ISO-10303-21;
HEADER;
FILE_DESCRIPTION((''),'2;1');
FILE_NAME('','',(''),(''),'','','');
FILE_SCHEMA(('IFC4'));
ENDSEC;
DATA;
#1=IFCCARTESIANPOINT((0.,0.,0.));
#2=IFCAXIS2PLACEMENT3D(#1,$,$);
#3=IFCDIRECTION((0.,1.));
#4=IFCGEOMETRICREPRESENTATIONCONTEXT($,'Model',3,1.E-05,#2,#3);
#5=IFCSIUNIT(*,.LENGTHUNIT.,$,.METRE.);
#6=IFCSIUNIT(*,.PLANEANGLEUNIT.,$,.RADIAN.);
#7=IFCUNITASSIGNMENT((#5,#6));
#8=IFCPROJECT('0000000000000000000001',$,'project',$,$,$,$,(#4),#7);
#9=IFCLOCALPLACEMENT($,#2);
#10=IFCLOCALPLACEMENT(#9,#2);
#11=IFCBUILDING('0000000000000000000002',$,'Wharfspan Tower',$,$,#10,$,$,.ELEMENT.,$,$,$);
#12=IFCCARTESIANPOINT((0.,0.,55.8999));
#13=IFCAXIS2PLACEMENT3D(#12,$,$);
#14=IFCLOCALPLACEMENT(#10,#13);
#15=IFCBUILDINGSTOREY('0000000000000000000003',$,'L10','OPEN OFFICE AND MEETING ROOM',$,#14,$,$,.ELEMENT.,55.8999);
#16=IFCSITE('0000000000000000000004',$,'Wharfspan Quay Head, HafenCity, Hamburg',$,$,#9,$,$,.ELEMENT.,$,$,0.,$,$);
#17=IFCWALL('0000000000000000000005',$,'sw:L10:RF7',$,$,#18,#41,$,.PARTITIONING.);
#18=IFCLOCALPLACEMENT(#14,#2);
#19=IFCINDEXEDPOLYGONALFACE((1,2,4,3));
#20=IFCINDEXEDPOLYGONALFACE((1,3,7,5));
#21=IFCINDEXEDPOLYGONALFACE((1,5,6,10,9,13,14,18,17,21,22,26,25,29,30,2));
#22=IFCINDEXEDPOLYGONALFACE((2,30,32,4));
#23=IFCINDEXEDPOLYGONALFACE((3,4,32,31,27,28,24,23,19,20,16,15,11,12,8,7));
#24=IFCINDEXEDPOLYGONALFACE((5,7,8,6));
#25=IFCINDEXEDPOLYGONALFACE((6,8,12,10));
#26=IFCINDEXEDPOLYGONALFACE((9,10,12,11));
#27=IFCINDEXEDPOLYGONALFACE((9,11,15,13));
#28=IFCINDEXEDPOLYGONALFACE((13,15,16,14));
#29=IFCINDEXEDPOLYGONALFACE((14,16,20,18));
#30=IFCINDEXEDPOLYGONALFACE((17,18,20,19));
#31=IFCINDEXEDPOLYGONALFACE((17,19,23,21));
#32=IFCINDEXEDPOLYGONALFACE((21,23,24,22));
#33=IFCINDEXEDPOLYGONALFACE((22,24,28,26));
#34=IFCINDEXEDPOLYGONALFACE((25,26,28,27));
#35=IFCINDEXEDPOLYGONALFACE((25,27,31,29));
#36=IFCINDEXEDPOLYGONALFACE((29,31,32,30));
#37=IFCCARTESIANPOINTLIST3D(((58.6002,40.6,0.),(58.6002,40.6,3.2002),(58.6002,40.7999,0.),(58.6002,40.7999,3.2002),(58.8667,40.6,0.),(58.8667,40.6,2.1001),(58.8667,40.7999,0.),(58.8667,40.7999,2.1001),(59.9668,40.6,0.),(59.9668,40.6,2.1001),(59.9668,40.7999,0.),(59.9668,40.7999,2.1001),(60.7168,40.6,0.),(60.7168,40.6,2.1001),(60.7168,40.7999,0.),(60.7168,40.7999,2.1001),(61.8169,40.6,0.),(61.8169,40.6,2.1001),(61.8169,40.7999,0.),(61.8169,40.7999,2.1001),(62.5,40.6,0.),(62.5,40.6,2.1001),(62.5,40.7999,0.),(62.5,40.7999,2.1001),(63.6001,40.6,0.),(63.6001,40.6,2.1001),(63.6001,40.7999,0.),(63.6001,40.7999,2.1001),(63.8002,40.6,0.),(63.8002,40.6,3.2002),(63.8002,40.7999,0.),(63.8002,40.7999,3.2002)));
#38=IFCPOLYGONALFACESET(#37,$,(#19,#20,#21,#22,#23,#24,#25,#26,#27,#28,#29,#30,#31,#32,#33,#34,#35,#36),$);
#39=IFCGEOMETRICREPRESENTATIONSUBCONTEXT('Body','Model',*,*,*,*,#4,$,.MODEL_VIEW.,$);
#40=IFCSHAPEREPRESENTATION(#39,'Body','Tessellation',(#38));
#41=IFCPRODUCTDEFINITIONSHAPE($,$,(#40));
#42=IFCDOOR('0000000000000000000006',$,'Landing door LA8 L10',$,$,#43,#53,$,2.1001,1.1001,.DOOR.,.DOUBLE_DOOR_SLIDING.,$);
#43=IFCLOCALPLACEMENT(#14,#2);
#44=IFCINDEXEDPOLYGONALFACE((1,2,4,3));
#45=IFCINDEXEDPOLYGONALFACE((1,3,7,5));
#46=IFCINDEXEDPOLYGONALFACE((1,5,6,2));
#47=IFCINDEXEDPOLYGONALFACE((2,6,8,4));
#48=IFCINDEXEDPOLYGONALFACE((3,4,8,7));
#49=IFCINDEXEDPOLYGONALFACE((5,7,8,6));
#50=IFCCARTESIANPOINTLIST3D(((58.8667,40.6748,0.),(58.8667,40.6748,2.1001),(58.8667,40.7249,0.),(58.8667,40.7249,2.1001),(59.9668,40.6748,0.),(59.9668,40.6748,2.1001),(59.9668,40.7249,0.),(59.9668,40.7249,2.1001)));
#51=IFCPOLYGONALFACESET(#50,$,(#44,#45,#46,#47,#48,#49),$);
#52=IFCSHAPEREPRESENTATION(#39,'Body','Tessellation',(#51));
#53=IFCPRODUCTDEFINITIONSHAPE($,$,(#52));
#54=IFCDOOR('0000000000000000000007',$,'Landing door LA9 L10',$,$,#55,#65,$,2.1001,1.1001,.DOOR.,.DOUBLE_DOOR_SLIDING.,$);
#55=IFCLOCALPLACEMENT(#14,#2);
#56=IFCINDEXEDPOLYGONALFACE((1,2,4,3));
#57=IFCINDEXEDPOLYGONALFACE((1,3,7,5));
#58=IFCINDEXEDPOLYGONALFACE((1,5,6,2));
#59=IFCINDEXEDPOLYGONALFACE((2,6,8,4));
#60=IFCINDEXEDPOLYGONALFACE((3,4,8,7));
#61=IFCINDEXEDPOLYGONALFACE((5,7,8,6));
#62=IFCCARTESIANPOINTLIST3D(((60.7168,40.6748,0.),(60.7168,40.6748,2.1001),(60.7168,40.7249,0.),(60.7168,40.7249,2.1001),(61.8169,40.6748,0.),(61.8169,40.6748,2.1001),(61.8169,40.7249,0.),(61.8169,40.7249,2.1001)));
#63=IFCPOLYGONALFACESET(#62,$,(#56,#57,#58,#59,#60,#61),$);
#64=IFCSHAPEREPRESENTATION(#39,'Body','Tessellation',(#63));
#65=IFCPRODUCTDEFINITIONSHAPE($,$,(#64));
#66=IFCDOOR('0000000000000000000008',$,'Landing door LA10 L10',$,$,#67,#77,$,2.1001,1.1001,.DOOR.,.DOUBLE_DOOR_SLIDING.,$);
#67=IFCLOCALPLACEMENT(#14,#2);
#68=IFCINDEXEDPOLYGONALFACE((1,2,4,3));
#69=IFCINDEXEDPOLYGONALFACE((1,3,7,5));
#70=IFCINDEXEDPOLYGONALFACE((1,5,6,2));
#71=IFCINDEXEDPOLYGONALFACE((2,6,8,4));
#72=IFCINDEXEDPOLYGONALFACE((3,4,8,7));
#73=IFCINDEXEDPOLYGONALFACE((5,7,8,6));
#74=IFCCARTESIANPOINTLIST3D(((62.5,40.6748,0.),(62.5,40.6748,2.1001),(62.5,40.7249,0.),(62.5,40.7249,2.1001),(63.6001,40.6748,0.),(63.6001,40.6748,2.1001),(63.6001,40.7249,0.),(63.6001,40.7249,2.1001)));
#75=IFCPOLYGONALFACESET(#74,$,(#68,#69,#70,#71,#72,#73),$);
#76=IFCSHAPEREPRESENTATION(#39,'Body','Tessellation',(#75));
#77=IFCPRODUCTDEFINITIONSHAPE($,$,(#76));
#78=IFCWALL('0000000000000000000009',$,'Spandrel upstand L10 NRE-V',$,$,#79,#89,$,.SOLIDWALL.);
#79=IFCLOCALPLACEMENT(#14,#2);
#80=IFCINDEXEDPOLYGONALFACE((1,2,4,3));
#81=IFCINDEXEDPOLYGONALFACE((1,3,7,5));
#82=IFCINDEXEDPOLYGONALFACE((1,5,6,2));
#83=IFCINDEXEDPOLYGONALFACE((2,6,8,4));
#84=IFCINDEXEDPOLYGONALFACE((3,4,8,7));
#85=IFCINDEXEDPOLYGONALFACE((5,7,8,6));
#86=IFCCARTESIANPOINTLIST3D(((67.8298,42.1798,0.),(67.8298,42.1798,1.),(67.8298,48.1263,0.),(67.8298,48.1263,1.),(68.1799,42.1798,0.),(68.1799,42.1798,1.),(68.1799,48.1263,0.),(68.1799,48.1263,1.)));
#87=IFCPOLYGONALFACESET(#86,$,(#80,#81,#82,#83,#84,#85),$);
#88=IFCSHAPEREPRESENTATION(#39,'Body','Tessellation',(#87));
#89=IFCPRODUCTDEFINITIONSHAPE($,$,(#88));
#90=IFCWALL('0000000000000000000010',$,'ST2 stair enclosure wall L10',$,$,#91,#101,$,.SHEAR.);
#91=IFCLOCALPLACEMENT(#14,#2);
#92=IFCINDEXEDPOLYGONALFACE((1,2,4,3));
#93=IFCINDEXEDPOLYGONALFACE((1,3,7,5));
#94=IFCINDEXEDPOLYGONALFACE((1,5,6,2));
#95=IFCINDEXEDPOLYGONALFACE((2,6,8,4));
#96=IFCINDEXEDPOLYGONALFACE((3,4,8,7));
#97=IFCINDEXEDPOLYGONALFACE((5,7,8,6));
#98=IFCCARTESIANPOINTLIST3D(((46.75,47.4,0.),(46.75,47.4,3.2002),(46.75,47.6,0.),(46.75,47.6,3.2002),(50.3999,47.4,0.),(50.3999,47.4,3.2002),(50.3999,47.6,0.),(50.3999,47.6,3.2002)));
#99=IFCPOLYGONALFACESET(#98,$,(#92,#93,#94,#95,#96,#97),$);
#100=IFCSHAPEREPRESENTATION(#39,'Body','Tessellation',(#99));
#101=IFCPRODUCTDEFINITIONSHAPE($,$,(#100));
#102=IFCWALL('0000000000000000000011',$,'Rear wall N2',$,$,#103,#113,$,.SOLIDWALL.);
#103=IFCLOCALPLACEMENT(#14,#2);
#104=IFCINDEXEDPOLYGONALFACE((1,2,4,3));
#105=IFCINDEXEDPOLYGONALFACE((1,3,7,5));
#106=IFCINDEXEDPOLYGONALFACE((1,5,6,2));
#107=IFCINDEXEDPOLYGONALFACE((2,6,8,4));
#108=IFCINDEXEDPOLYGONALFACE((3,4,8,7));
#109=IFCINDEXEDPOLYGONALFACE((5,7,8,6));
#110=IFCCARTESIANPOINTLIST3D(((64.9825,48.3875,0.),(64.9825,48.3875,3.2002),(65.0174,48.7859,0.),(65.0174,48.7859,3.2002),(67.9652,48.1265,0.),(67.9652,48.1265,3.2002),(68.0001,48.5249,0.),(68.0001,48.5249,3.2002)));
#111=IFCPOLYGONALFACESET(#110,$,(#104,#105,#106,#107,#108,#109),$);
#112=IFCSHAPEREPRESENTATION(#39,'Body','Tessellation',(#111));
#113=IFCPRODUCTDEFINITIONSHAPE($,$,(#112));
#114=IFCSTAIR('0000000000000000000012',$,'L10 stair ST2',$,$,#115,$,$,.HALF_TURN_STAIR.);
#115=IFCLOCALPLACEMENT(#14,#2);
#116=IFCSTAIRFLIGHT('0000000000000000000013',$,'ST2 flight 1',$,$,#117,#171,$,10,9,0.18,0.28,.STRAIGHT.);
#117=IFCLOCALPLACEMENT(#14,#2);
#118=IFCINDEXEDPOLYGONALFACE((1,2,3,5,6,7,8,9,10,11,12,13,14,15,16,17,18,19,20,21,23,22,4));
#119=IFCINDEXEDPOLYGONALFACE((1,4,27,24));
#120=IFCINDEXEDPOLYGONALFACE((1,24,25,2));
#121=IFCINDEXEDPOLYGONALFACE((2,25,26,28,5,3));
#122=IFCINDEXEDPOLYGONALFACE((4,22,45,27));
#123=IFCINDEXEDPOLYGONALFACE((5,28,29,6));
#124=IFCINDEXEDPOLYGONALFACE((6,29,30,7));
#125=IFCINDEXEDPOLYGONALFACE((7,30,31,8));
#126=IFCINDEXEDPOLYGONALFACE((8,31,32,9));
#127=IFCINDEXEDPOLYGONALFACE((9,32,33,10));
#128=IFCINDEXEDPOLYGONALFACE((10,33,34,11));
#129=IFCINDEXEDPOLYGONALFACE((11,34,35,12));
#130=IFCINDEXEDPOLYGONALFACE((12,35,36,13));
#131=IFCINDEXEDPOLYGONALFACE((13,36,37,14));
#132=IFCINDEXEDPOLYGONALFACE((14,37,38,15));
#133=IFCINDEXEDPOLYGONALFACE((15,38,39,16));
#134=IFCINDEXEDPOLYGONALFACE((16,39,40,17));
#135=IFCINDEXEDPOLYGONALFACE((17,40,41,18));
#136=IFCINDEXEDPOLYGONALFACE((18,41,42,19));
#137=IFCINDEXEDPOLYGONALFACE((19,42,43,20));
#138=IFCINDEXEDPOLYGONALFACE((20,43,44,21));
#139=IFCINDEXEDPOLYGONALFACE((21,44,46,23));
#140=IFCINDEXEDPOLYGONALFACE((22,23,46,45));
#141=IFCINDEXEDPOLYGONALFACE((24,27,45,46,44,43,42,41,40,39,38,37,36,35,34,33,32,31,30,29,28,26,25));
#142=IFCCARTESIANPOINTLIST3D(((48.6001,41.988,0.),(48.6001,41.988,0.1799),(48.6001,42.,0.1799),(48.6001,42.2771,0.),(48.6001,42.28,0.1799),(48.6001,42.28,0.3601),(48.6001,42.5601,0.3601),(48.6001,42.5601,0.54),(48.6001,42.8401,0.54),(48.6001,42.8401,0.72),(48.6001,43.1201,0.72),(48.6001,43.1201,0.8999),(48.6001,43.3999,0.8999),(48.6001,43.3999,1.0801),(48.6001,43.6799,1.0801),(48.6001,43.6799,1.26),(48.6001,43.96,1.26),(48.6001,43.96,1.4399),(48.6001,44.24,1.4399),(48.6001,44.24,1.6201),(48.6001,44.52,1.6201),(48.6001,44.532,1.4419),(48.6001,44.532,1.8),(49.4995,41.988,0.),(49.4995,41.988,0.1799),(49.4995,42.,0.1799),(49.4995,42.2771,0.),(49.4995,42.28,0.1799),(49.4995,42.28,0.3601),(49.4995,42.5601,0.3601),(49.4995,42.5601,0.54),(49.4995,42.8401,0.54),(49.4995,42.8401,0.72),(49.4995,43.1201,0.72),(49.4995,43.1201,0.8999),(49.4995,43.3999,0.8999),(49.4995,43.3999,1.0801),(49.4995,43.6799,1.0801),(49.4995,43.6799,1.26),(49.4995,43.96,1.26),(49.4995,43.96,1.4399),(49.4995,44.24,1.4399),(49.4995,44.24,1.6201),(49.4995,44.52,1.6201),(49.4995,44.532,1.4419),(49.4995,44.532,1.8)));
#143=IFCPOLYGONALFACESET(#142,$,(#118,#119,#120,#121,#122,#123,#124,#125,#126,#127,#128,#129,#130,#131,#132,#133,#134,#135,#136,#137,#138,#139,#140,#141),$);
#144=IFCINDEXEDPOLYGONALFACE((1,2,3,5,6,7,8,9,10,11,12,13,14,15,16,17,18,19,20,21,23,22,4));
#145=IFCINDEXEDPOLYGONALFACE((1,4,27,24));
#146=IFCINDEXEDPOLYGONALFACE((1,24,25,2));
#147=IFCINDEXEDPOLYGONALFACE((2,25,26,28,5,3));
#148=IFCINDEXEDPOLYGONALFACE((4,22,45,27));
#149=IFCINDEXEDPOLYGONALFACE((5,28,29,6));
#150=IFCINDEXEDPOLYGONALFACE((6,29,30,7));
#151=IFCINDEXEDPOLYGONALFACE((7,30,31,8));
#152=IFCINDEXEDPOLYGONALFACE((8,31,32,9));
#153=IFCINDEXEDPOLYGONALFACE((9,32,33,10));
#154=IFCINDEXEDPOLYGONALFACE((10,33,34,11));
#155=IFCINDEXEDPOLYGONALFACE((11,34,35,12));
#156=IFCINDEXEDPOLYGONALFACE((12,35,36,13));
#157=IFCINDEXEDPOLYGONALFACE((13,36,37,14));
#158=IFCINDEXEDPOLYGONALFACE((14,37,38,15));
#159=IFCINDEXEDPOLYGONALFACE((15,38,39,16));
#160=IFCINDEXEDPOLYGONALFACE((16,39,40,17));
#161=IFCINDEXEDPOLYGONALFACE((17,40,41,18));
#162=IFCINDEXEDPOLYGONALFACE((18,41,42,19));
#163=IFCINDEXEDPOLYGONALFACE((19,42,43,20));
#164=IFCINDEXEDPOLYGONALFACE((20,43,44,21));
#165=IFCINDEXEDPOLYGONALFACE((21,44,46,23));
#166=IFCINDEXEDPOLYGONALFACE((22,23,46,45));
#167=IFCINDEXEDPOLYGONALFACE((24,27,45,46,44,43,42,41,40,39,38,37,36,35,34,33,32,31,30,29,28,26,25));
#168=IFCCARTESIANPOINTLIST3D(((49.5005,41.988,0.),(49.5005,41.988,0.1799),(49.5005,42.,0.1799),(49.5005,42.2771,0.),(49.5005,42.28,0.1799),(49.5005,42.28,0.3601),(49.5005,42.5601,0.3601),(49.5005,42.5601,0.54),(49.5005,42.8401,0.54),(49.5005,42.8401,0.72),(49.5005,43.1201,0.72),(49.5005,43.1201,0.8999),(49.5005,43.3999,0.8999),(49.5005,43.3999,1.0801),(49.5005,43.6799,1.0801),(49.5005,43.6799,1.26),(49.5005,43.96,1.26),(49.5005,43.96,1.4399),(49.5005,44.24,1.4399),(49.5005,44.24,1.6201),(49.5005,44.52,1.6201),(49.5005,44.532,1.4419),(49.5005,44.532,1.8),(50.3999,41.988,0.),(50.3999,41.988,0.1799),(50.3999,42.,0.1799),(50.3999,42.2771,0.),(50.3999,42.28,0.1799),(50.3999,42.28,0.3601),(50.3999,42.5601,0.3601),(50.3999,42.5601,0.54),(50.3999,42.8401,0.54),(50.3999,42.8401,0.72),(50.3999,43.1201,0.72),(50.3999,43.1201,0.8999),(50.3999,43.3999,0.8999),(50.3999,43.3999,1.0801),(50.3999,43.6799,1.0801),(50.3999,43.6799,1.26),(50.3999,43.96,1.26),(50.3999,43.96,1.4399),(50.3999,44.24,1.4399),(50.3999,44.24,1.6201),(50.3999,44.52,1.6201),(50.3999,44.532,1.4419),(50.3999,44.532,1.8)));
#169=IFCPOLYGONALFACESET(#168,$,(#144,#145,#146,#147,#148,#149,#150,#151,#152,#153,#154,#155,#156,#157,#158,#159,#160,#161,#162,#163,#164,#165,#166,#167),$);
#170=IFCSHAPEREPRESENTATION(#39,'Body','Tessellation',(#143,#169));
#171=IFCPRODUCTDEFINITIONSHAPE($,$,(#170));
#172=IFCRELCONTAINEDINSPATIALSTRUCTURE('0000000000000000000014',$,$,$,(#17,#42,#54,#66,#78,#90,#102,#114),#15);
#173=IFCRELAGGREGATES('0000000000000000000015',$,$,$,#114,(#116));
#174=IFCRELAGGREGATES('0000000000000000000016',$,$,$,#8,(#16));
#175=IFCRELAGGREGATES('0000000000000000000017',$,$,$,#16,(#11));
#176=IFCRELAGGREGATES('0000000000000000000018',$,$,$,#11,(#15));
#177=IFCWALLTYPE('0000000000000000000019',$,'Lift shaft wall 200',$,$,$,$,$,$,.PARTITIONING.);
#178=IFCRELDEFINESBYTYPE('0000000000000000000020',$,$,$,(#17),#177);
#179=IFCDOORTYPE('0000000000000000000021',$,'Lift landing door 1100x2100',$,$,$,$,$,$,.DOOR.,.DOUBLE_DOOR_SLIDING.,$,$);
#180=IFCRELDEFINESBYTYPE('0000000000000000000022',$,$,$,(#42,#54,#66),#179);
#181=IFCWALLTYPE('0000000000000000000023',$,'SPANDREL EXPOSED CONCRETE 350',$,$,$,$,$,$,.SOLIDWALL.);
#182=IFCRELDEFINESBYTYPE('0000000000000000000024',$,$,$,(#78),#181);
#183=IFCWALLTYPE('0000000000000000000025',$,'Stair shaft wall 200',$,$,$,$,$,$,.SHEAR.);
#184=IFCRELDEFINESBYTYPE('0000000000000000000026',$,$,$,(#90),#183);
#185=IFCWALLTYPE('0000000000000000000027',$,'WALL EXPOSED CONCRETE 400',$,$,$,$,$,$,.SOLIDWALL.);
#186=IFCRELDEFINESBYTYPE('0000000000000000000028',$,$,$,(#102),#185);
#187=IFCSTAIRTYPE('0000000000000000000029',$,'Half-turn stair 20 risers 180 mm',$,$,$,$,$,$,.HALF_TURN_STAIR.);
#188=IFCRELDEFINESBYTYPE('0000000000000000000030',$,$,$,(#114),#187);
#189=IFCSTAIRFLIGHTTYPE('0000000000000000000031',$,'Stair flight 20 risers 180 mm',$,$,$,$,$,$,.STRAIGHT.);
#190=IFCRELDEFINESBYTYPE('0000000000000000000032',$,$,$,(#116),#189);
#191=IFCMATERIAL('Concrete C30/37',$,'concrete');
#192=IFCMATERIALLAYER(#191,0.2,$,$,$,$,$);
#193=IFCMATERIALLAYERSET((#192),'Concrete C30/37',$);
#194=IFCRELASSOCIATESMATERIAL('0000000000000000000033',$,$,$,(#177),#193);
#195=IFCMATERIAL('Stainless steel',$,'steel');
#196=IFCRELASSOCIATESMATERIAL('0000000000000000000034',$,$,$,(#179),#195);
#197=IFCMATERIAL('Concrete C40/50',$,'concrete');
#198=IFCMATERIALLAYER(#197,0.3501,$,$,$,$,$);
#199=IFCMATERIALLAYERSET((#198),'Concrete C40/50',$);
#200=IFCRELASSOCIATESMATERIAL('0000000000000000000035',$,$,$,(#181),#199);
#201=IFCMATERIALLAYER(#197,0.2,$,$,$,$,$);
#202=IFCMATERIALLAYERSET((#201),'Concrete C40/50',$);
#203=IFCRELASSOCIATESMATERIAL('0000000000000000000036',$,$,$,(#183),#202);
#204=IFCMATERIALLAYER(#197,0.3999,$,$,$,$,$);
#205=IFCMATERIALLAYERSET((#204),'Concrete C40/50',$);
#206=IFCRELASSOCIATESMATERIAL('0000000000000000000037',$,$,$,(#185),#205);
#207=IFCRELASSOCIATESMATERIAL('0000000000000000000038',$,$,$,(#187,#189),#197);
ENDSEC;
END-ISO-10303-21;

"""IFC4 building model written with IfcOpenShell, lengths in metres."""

from ifc_helpers import new_model, si_unit, direction, frame, frame_2d, origin, place, context, subcontext, project, spatial, polyline, rectangle, outline, extrude, material, layer, layer_set, type_object, element, fill, aggregate, save


model = new_model("IFC4")

# Units and contexts
model_context = context("Model", 3, precision=1e-05, world=origin(), true_north=direction((0.0, 1.0)))
body_context = subcontext(model_context, "Body", "Model", "MODEL_VIEW")
ifc_project = project(units=[si_unit("LENGTHUNIT", "METRE"), si_unit("PLANEANGLEUNIT", "RADIAN")], contexts=[model_context])

# Site, building, storey
site_placement = place(None, origin())
site = spatial("IfcSite", under=ifc_project, at=site_placement, Name="Wharfspan Quay Head, HafenCity, Hamburg", CompositionType="ELEMENT", RefElevation=0.0)
building_placement = place(site_placement, origin())
building = spatial("IfcBuilding", under=site, at=building_placement, Name="Wharfspan Tower", CompositionType="ELEMENT")
storey_placement = place(building_placement, frame((0.0, 0.0, 55.8999)))
storey = spatial("IfcBuildingStorey", under=building, at=storey_placement, Name="L10", Description="OPEN OFFICE AND MEETING ROOM", CompositionType="ELEMENT", Elevation=55.8999)

# Shared definitions
ifc_material_1 = material(Name="Concrete C30/37", Category="concrete")
ifc_layer_1 = layer(ifc_material_1, 0.2)
ifc_layer_set_1 = layer_set([ifc_layer_1], Name="Concrete C30/37")
wall_type_1 = type_object("IfcWallType", Name="Lift shaft wall 200", PredefinedType="PARTITIONING", material=ifc_layer_set_1)

# Wall, openings, doors
wall_1_placement = place(storey_placement, frame((58.6001, 40.7, 0.0), z_axis=(0.0, 0.0, 1.0), x_axis=(1.0, 0.0, 0.0)))
wall_1 = element("IfcWall", 1, at=wall_1_placement, inside=storey, type_object=wall_type_1, Name="sw:L10:RF7", PredefinedType="PARTITIONING", context=body_context, shape_type="SweptSolid", body=[
    extrude(rectangle(XDim=5.2, YDim=0.2, at=frame_2d((2.6001, 0.0))), origin(), (0.0, 0.0, 1.0), 3.2002),
])
opening_1_placement = place(wall_1_placement, frame((0.2666, 0.0, 0.0)))
opening_1 = element("IfcOpeningElement", 2, at=opening_1_placement, cuts=wall_1, PredefinedType="OPENING", context=body_context, shape_type="SweptSolid", body=[
    extrude(rectangle(XDim=1.1001, YDim=2.1001, at=frame_2d((0.55, 1.05))), frame((0.0, 0.1099, 0.0), z_axis=(0.0, -1.0, 0.0), x_axis=(1.0, 0.0, 0.0)), (0.0, 0.0, 1.0), 0.22),
])
opening_2_placement = place(wall_1_placement, frame((2.1167, 0.0, 0.0)))
opening_2 = element("IfcOpeningElement", 3, at=opening_2_placement, cuts=wall_1, PredefinedType="OPENING", context=body_context, shape_type="SweptSolid", body=[
    extrude(rectangle(XDim=1.1001, YDim=2.1001, at=frame_2d((0.55, 1.05))), frame((0.0, 0.1099, 0.0), z_axis=(0.0, -1.0, 0.0), x_axis=(1.0, 0.0, 0.0)), (0.0, 0.0, 1.0), 0.22),
])
opening_3_placement = place(wall_1_placement, frame((3.8999, 0.0, 0.0)))
opening_3 = element("IfcOpeningElement", 4, at=opening_3_placement, cuts=wall_1, PredefinedType="OPENING", context=body_context, shape_type="SweptSolid", body=[
    extrude(rectangle(XDim=1.1001, YDim=2.1001, at=frame_2d((0.55, 1.05))), frame((0.0, 0.1099, 0.0), z_axis=(0.0, -1.0, 0.0), x_axis=(1.0, 0.0, 0.0)), (0.0, 0.0, 1.0), 0.22),
])
ifc_material_2 = material(Name="Stainless steel", Category="steel")
door_type_1 = type_object("IfcDoorType", Name="Lift landing door 1100x2100", OperationType="DOUBLE_DOOR_SLIDING", PredefinedType="DOOR", material=ifc_material_2)
door_1_placement = place(opening_1_placement, origin())
door_1 = element("IfcDoor", 5, at=door_1_placement, inside=storey, type_object=door_type_1, Name="Landing door LA8 L10", OperationType="DOUBLE_DOOR_SLIDING", OverallHeight=2.1001, OverallWidth=1.1001, PredefinedType="DOOR", context=body_context, shape_type="SweptSolid", body=[
    extrude(rectangle(XDim=1.1001, YDim=2.1001, at=frame_2d((0.55, 1.05))), frame((0.0, 0.0249, 0.0), z_axis=(0.0, -1.0, 0.0), x_axis=(1.0, 0.0, 0.0)), (0.0, 0.0, 1.0), 0.05),
])
fill(opening_1, door_1)
door_2_placement = place(opening_2_placement, origin())
door_2 = element("IfcDoor", 6, at=door_2_placement, inside=storey, type_object=door_type_1, Name="Landing door LA9 L10", OperationType="DOUBLE_DOOR_SLIDING", OverallHeight=2.1001, OverallWidth=1.1001, PredefinedType="DOOR", context=body_context, shape_type="SweptSolid", body=[
    extrude(rectangle(XDim=1.1001, YDim=2.1001, at=frame_2d((0.55, 1.05))), frame((0.0, 0.0249, 0.0), z_axis=(0.0, -1.0, 0.0), x_axis=(1.0, 0.0, 0.0)), (0.0, 0.0, 1.0), 0.05),
])
fill(opening_2, door_2)
door_3_placement = place(opening_3_placement, origin())
door_3 = element("IfcDoor", 7, at=door_3_placement, inside=storey, type_object=door_type_1, Name="Landing door LA10 L10", OperationType="DOUBLE_DOOR_SLIDING", OverallHeight=2.1001, OverallWidth=1.1001, PredefinedType="DOOR", context=body_context, shape_type="SweptSolid", body=[
    extrude(rectangle(XDim=1.1001, YDim=2.1001, at=frame_2d((0.55, 1.05))), frame((0.0, 0.0249, 0.0), z_axis=(0.0, -1.0, 0.0), x_axis=(1.0, 0.0, 0.0)), (0.0, 0.0, 1.0), 0.05),
])
fill(opening_3, door_3)

# Walls
ifc_material_3 = material(Name="Concrete C40/50", Category="concrete")
ifc_layer_2 = layer(ifc_material_3, 0.3501)
ifc_layer_set_2 = layer_set([ifc_layer_2], Name="Concrete C40/50")
wall_type_2 = type_object("IfcWallType", Name="SPANDREL EXPOSED CONCRETE 350", PredefinedType="SOLIDWALL", material=ifc_layer_set_2)
wall_2_placement = place(storey_placement, frame((68.0049, 42.1799, 0.0), z_axis=(0.0, 0.0, 1.0), x_axis=(0.0, 1.0, 0.0)))
element("IfcWall", 8, at=wall_2_placement, inside=storey, type_object=wall_type_2, Name="Spandrel upstand L10 NRE-V", PredefinedType="SOLIDWALL", context=body_context, shape_type="SweptSolid", body=[
    extrude(rectangle(XDim=5.9465, YDim=0.3501, at=frame_2d((2.9731, 0.0))), origin(), (0.0, 0.0, 1.0), 1.0),
])
ifc_layer_3 = layer(ifc_material_3, 0.2)
ifc_layer_set_3 = layer_set([ifc_layer_3], Name="Concrete C40/50")
wall_type_3 = type_object("IfcWallType", Name="Stair shaft wall 200", PredefinedType="SHEAR", material=ifc_layer_set_3)
wall_3_placement = place(storey_placement, frame((46.75, 47.5, 0.0), z_axis=(0.0, 0.0, 1.0), x_axis=(1.0, 0.0, 0.0)))
element("IfcWall", 9, at=wall_3_placement, inside=storey, type_object=wall_type_3, Name="ST2 stair enclosure wall L10", PredefinedType="SHEAR", context=body_context, shape_type="SweptSolid", body=[
    extrude(rectangle(XDim=3.6499, YDim=0.2, at=frame_2d((1.825, 0.0))), origin(), (0.0, 0.0, 1.0), 3.2002),
])
ifc_layer_4 = layer(ifc_material_3, 0.3999)
ifc_layer_set_4 = layer_set([ifc_layer_4], Name="Concrete C40/50")
wall_type_4 = type_object("IfcWallType", Name="WALL EXPOSED CONCRETE 400", PredefinedType="SOLIDWALL", material=ifc_layer_set_4)
wall_4_placement = place(storey_placement, frame((67.9827, 48.3257, 0.0), z_axis=(0.0, 0.0, 1.0), x_axis=(-0.996194, 0.087168, 0.0)))
element("IfcWall", 10, at=wall_4_placement, inside=storey, type_object=wall_type_4, Name="Rear wall N2", PredefinedType="SOLIDWALL", context=body_context, shape_type="SweptSolid", body=[
    extrude(rectangle(XDim=2.9941, YDim=0.3999, at=frame_2d((1.4971, 0.0))), origin(), (0.0, 0.0, 1.0), 3.2002),
])

# Stair, stair flight
stair_type = type_object("IfcStairType", Name="Half-turn stair 20 risers 180 mm", PredefinedType="HALF_TURN_STAIR", material=ifc_material_3)
stair_placement = place(storey_placement, origin())
stair = element("IfcStair", 11, at=stair_placement, inside=storey, type_object=stair_type, Name="L10 stair ST2", PredefinedType="HALF_TURN_STAIR")
stair_flight_type = type_object("IfcStairFlightType", Name="Stair flight 20 risers 180 mm", PredefinedType="STRAIGHT", material=ifc_material_3)
stair_flight_1_placement = place(storey_placement, frame((49.5, 42.0, 0.0), z_axis=(0.0, 0.0, 1.0), x_axis=(0.0, 1.0, 0.0)))
stair_flight_1 = element("IfcStairFlight", 12, at=stair_flight_1_placement, type_object=stair_flight_type, Name="ST2 flight 1", NumberOfRisers=10, NumberOfTreads=9, PredefinedType="STRAIGHT", RiserHeight=0.18, TreadLength=0.28, context=body_context, shape_type="SweptSolid", body=[
    extrude(outline(polyline([(-0.012, 0.0), (-0.012, 0.1799), (0.0, 0.1799), (0.28, 0.1799), (0.28, 0.3601), (0.5601, 0.3601), (0.5601, 0.54), (0.8401, 0.54), (0.8401, 0.72), (1.1201, 0.72), (1.1201, 0.8999), (1.3999, 0.8999), (1.3999, 1.0801), (1.6799, 1.0801), (1.6799, 1.26), (1.96, 1.26), (1.96, 1.4399), (2.24, 1.4399), (2.24, 1.6201), (2.52, 1.6201), (2.532, 1.8), (2.532, 1.4419), (0.2771, 0.0), (-0.012, 0.0)])), frame((0.0, 0.8999, 0.0), z_axis=(0.0, -1.0, 0.0), x_axis=(1.0, 0.0, 0.0)), (0.0, 0.0, 1.0), 0.8994),
    extrude(outline(polyline([(-0.012, 0.0), (-0.012, 0.1799), (0.0, 0.1799), (0.28, 0.1799), (0.28, 0.3601), (0.5601, 0.3601), (0.5601, 0.54), (0.8401, 0.54), (0.8401, 0.72), (1.1201, 0.72), (1.1201, 0.8999), (1.3999, 0.8999), (1.3999, 1.0801), (1.6799, 1.0801), (1.6799, 1.26), (1.96, 1.26), (1.96, 1.4399), (2.24, 1.4399), (2.24, 1.6201), (2.52, 1.6201), (2.532, 1.8), (2.532, 1.4419), (0.2771, 0.0), (-0.012, 0.0)])), frame((0.0, -0.0005, 0.0), z_axis=(0.0, -1.0, 0.0), x_axis=(1.0, 0.0, 0.0)), (0.0, 0.0, 1.0), 0.8994),
])
aggregate(stair, [stair_flight_1])

save(model, "model.ifc")
